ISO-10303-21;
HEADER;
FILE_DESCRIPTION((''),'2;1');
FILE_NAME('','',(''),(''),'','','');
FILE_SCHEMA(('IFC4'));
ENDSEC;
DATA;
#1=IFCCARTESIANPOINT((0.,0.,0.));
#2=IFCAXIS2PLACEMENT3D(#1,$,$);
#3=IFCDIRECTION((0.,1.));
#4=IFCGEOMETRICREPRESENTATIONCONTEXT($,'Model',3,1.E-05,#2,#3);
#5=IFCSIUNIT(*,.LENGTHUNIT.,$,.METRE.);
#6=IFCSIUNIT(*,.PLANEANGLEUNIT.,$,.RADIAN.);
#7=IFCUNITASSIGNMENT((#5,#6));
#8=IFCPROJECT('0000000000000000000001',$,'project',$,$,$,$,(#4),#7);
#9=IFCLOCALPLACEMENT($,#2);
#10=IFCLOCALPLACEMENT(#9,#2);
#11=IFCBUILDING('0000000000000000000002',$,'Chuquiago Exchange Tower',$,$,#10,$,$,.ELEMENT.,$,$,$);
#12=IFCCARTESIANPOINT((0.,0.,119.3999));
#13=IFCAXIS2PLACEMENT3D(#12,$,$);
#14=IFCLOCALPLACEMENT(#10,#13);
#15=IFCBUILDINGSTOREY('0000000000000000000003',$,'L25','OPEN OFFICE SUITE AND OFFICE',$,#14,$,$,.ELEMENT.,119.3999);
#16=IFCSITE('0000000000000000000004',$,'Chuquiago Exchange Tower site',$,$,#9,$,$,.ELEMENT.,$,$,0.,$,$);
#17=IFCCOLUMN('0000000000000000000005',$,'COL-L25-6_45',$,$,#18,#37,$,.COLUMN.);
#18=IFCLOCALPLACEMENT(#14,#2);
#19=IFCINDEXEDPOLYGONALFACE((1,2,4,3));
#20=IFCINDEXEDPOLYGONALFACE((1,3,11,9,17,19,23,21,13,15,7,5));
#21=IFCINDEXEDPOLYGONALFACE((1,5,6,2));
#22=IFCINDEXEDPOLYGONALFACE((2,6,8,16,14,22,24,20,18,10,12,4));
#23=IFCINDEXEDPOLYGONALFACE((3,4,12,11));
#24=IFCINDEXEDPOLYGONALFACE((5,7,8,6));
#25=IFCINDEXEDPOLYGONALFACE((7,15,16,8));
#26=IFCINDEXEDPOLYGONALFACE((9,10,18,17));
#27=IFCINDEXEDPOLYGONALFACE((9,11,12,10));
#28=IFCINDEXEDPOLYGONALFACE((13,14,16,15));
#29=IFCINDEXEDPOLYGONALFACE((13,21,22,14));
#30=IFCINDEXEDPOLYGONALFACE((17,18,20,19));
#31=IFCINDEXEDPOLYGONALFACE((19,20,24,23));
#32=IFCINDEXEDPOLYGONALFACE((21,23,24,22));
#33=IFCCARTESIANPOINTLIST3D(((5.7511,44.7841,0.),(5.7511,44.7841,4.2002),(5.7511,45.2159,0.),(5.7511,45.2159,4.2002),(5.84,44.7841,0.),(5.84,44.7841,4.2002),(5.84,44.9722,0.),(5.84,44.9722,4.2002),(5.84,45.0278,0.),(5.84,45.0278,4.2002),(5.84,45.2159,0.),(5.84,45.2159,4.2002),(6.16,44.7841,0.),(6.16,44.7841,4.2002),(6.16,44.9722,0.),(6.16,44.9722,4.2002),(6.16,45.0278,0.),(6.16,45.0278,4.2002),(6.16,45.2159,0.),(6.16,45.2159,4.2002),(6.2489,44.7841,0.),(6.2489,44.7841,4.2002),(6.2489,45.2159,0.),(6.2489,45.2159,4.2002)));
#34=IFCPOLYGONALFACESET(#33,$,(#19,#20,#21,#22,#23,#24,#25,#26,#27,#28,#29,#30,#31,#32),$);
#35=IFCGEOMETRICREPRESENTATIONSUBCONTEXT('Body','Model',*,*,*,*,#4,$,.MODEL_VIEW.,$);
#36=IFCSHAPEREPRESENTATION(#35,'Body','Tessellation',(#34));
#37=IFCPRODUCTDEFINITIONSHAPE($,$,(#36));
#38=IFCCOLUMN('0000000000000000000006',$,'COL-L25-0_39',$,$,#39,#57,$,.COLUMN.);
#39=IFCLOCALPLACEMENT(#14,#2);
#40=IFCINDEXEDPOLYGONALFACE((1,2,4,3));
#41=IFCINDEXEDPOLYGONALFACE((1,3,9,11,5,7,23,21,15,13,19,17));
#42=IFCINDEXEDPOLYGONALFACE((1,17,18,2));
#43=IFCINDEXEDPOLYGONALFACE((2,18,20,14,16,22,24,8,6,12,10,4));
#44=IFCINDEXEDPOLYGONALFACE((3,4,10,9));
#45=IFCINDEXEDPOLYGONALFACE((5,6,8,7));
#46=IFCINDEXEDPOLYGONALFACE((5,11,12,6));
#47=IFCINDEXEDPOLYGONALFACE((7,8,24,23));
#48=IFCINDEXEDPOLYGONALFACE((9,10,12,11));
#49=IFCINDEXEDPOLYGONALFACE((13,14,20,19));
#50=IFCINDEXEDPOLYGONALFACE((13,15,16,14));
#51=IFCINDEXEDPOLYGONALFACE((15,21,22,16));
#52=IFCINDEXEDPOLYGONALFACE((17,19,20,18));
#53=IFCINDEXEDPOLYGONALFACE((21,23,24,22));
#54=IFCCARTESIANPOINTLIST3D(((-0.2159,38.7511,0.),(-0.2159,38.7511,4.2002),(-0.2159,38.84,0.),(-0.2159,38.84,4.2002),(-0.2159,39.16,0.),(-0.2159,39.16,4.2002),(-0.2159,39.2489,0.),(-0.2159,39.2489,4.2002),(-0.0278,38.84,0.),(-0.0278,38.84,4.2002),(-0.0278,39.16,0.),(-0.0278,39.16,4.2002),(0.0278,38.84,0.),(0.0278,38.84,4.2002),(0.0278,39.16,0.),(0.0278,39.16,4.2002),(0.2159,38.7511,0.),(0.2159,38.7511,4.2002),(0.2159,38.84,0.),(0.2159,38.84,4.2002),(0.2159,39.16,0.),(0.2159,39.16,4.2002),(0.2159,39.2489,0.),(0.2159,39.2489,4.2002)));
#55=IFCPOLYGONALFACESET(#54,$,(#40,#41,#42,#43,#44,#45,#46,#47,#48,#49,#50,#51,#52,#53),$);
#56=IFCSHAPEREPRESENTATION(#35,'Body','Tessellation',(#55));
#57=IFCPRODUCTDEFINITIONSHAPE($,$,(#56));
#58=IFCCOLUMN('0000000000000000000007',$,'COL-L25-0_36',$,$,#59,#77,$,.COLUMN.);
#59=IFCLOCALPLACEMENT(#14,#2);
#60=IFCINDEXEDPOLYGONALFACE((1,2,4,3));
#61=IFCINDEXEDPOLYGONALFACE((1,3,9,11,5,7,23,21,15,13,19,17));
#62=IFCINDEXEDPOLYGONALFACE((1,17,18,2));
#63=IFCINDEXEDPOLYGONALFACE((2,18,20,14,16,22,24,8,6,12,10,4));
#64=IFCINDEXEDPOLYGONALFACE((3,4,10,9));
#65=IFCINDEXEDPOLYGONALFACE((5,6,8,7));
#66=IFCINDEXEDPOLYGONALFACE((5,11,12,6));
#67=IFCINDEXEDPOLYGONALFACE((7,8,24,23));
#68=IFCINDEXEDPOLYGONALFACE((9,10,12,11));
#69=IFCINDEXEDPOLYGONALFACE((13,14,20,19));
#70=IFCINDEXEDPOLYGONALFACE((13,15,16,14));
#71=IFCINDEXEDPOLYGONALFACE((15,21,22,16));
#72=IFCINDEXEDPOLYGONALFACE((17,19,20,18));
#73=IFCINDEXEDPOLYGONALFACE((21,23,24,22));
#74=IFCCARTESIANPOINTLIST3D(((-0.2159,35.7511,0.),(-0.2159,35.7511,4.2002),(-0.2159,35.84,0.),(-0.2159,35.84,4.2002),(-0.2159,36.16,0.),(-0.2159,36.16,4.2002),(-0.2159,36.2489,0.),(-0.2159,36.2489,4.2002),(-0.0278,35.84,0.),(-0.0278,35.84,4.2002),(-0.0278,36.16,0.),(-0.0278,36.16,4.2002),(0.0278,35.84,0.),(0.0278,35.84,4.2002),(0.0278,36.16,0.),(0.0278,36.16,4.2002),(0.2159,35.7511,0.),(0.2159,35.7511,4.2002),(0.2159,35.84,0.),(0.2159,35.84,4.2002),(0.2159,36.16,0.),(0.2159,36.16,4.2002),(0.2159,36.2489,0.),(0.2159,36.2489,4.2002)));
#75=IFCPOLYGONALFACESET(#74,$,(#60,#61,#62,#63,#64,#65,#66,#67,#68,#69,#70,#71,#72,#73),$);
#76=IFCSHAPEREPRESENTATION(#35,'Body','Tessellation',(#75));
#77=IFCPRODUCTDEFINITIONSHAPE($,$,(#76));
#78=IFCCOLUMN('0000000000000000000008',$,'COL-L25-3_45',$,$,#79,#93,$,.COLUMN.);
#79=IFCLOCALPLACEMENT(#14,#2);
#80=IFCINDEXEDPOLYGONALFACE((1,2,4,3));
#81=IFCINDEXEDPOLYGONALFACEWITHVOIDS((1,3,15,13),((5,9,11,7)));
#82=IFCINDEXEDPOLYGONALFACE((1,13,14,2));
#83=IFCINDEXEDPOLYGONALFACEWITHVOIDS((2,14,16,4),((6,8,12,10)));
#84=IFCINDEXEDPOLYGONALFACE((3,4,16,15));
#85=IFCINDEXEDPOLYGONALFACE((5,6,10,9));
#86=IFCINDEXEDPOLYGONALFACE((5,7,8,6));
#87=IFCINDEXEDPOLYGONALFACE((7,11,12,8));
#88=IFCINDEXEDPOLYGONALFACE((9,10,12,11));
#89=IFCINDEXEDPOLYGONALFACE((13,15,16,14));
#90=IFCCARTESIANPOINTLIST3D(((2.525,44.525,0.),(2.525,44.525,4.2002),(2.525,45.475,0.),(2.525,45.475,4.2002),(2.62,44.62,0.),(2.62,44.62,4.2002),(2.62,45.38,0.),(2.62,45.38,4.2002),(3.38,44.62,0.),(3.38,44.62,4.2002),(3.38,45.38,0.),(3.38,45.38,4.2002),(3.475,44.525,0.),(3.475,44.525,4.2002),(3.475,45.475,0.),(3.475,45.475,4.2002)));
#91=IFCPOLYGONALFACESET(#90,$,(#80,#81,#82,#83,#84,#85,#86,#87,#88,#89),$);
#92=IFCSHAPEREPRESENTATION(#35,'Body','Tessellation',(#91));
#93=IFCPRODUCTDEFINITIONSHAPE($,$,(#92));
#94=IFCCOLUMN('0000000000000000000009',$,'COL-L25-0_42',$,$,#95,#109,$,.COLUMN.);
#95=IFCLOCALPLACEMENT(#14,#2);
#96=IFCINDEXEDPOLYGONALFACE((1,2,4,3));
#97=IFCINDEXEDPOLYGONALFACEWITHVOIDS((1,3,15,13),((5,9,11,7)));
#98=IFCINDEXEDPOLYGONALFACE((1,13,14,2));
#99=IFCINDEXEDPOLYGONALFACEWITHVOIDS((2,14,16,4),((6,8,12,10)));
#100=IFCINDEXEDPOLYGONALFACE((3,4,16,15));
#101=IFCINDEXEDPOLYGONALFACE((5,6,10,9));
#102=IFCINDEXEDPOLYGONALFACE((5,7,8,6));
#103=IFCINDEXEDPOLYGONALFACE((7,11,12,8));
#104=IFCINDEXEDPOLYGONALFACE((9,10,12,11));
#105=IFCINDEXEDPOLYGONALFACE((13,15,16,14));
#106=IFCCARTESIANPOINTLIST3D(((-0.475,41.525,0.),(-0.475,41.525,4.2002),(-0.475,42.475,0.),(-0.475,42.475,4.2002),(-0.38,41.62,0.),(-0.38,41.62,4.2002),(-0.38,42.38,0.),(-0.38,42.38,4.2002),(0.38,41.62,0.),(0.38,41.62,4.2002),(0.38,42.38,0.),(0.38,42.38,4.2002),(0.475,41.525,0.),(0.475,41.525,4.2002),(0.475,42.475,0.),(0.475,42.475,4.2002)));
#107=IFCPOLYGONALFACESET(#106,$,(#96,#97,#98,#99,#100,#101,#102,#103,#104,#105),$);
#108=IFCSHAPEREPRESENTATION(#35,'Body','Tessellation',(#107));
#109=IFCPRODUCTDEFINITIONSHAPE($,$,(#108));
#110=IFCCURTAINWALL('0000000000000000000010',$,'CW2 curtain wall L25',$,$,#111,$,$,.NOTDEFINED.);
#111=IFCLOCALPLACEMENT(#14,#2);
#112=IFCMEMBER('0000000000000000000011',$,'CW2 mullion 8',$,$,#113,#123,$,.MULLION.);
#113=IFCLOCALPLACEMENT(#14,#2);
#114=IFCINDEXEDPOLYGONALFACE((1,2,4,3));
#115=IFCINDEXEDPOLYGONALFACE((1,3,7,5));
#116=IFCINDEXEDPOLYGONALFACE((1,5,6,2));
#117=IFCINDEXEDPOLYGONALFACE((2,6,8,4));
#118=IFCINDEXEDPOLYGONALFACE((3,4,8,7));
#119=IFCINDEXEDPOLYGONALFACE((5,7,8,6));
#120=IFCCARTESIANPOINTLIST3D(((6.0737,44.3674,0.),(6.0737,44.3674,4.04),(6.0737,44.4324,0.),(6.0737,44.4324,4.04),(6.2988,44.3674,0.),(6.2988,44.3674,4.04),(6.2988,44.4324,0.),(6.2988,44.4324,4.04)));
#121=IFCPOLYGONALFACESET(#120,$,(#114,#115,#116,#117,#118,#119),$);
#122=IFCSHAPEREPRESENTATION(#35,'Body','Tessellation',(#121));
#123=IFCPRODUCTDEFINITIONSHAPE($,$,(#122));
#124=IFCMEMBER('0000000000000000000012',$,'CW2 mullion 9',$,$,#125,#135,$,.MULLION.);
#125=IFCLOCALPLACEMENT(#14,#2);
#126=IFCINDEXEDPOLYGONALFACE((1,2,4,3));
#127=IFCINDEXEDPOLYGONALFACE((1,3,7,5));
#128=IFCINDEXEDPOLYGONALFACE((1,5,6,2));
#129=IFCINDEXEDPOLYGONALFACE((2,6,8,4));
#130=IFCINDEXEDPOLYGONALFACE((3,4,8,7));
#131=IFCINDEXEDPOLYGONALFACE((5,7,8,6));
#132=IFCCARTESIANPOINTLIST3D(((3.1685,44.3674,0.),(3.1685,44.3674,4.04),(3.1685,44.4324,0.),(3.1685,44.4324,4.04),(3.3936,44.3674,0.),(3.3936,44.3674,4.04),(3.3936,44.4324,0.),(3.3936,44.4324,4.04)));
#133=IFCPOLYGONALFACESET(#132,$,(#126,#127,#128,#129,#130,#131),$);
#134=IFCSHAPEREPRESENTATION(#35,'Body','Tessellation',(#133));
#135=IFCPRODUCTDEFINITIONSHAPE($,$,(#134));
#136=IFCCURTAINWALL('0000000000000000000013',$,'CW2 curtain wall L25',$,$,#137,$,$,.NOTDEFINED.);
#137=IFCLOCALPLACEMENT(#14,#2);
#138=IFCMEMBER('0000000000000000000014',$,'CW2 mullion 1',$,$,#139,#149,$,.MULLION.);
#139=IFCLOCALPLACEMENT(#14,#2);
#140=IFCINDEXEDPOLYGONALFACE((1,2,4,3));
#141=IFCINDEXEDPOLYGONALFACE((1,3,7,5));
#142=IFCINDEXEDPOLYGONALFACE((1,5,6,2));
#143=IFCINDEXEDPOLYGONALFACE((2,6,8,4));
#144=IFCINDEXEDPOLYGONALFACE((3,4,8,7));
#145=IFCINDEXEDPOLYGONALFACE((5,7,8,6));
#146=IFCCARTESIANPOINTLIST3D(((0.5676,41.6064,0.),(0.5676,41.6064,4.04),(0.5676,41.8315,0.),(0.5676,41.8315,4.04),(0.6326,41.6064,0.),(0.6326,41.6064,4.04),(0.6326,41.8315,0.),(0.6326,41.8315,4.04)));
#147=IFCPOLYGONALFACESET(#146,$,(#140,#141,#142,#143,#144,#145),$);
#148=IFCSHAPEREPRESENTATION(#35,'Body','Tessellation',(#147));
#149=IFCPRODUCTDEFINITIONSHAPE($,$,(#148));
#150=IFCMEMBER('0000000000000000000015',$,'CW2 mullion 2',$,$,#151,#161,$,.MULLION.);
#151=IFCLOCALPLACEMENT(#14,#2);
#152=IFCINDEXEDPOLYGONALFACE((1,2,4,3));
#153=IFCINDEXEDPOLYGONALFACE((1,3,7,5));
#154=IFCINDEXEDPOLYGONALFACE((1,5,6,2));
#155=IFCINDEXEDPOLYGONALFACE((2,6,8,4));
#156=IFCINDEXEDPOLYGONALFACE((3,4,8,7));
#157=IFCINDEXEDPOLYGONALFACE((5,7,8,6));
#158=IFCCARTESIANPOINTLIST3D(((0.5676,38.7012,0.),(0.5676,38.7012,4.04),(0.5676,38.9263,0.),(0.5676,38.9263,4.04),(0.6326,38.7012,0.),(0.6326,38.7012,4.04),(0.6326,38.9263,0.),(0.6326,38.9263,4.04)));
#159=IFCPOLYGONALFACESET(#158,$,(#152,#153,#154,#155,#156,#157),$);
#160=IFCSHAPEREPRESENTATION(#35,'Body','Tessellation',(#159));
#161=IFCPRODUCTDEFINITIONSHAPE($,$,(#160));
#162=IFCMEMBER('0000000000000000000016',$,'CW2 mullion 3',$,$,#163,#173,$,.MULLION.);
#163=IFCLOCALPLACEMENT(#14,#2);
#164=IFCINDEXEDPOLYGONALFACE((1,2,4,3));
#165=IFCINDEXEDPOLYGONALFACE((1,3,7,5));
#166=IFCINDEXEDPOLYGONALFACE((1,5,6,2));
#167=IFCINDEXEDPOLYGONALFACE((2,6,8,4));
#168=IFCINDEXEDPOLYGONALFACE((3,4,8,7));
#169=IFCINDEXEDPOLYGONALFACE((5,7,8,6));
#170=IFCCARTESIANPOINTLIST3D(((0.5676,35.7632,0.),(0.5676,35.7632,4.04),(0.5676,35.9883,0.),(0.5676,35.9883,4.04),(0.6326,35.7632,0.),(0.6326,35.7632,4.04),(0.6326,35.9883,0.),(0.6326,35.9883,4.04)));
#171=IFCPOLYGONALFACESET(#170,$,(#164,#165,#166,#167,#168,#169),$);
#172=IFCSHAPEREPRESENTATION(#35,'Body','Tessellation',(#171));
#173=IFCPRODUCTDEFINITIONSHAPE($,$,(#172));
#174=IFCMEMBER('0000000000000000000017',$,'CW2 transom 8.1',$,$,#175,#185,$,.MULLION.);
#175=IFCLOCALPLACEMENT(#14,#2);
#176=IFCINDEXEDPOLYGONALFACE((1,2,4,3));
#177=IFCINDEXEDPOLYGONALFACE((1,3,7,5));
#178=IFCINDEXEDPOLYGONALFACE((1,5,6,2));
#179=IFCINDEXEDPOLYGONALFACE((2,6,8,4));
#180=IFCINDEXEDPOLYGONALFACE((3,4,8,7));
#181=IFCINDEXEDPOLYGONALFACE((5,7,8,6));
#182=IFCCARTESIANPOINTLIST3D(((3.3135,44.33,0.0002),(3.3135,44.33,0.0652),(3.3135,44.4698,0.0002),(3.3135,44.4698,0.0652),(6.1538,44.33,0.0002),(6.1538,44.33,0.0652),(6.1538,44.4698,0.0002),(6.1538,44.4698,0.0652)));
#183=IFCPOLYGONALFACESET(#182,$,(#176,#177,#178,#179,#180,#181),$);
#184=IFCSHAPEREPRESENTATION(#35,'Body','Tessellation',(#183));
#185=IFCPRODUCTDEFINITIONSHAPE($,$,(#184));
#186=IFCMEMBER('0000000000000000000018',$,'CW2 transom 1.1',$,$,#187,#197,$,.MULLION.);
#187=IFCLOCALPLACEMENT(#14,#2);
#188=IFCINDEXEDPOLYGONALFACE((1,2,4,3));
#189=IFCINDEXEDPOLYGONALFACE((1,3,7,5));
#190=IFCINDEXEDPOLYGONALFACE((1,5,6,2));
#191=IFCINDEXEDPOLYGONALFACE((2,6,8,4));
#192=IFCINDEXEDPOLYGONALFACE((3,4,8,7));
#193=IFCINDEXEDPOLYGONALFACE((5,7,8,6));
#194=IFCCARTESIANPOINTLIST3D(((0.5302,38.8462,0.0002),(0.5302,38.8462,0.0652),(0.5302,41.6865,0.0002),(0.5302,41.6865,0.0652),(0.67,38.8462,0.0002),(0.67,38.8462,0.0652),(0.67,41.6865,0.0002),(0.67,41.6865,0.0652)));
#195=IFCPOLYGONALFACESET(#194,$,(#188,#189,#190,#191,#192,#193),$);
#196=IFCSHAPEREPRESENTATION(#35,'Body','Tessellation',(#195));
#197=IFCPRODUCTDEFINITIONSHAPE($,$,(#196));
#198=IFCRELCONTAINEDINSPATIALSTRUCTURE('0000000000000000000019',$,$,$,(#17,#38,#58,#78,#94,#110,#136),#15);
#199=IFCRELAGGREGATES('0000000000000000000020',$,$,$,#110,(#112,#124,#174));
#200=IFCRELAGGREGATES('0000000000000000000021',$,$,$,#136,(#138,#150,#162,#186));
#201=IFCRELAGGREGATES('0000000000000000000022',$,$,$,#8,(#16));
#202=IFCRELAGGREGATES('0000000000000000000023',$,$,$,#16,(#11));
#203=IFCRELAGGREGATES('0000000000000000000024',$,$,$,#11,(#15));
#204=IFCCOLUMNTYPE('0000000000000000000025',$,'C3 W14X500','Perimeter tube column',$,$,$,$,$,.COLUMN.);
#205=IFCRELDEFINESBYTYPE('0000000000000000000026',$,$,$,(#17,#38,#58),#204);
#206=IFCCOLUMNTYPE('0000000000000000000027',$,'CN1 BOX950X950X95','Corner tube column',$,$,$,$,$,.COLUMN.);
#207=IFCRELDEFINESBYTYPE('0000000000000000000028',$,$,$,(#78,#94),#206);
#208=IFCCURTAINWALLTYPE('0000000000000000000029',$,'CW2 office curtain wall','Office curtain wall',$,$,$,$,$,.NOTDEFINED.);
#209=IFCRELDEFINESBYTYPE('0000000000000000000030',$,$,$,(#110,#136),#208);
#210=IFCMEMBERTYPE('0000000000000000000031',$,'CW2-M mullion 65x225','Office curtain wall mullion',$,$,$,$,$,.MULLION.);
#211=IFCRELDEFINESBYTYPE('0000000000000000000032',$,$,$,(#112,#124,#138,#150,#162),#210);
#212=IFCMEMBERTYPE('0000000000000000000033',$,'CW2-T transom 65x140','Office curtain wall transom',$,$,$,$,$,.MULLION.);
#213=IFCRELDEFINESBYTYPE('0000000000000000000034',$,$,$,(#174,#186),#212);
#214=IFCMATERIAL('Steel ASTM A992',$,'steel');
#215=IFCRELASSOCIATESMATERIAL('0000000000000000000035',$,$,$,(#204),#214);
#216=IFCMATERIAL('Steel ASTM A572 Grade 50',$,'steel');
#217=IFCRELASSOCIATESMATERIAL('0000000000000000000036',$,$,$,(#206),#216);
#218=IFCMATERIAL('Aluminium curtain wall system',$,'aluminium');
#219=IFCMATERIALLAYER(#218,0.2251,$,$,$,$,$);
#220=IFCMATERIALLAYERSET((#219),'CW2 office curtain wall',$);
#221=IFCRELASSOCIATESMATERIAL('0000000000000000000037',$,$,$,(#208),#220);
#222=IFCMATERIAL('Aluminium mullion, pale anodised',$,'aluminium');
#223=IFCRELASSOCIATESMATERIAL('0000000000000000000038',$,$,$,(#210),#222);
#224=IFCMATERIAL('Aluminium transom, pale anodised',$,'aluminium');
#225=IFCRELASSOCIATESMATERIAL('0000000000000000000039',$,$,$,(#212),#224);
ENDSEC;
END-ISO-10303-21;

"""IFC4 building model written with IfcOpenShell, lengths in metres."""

from ifc_helpers import new_model, si_unit, direction, frame, origin, origin_2d, place, context, subcontext, project, spatial, rectangle, hollow_rectangle, i_section, extrude, material, layer, layer_set, material_profile, profile_set, type_object, element, aggregate, save


model = new_model("IFC4")

# Units and contexts
model_context = context("Model", 3, precision=1e-05, world=origin(), true_north=direction((0.0, 1.0)))
body_context = subcontext(model_context, "Body", "Model", "MODEL_VIEW")
ifc_project = project(units=[si_unit("LENGTHUNIT", "METRE"), si_unit("PLANEANGLEUNIT", "RADIAN")], contexts=[model_context])

# Site, building, storey
site_placement = place(None, origin())
site = spatial("IfcSite", under=ifc_project, at=site_placement, Name="Chuquiago Exchange Tower site", CompositionType="ELEMENT", RefElevation=0.0)
building_placement = place(site_placement, origin())
building = spatial("IfcBuilding", under=site, at=building_placement, Name="Chuquiago Exchange Tower", CompositionType="ELEMENT")
storey_placement = place(building_placement, frame((0.0, 0.0, 119.3999)))
storey = spatial("IfcBuildingStorey", under=building, at=storey_placement, Name="L25", Description="OPEN OFFICE SUITE AND OFFICE", CompositionType="ELEMENT", Elevation=119.3999)

# Columns
ifc_material_1 = material(Name="Steel ASTM A992", Category="steel")
ifc_material_profile_1 = material_profile(ifc_material_1, i_section(OverallWidth=0.4319, OverallDepth=0.4978, WebThickness=0.0557, FlangeThickness=0.0889, at=origin_2d()), Name="W14X500")
ifc_profile_set_1 = profile_set([ifc_material_profile_1], Name="Steel ASTM A992")
column_type_1 = type_object("IfcColumnType", Name="C3 W14X500", Description="Perimeter tube column", PredefinedType="COLUMN", material=ifc_profile_set_1)
for number, where, z_axis, x_axis, name in (
    (1, (6.0, 45.0, 0.0), (0.0, 0.0, 1.0), (0.0, 1.0, 0.0), "COL-L25-6_45"),
    (2, (0.0, 39.0, 0.0), (0.0, 0.0, 1.0), (-1.0, 0.0, 0.0), "COL-L25-0_39"),
    (3, (0.0, 36.0, 0.0), (0.0, 0.0, 1.0), (-1.0, 0.0, 0.0), "COL-L25-0_36"),
):
    element("IfcColumn", number, at=place(storey_placement, frame(where, z_axis=z_axis, x_axis=x_axis)), inside=storey, type_object=column_type_1, Name=name, PredefinedType="COLUMN", context=body_context, shape_type="SweptSolid", body=[
        extrude(i_section(OverallWidth=0.4319, OverallDepth=0.4978, WebThickness=0.0557, FlangeThickness=0.0889, at=origin_2d()), origin(), (0.0, 0.0, 1.0), 4.2002),
    ])
ifc_material_2 = material(Name="Steel ASTM A572 Grade 50", Category="steel")
ifc_material_profile_2 = material_profile(ifc_material_2, hollow_rectangle(XDim=0.95, YDim=0.95, WallThickness=0.095, at=origin_2d()), Name="BOX950X950X95")
ifc_profile_set_2 = profile_set([ifc_material_profile_2], Name="Steel ASTM A572 Grade 50")
column_type_2 = type_object("IfcColumnType", Name="CN1 BOX950X950X95", Description="Corner tube column", PredefinedType="COLUMN", material=ifc_profile_set_2)
for number, where, z_axis, x_axis, name in (
    (4, (3.0, 45.0, 0.0), (0.0, 0.0, 1.0), (0.0, 1.0, 0.0), "COL-L25-3_45"),
    (5, (0.0, 42.0, 0.0), (0.0, 0.0, 1.0), (-1.0, 0.0, 0.0), "COL-L25-0_42"),
):
    element("IfcColumn", number, at=place(storey_placement, frame(where, z_axis=z_axis, x_axis=x_axis)), inside=storey, type_object=column_type_2, Name=name, PredefinedType="COLUMN", context=body_context, shape_type="SweptSolid", body=[
        extrude(hollow_rectangle(XDim=0.95, YDim=0.95, WallThickness=0.095, at=origin_2d()), origin(), (0.0, 0.0, 1.0), 4.2002),
    ])

# Curtain walls, members
ifc_material_3 = material(Name="Aluminium curtain wall system", Category="aluminium")
ifc_layer_1 = layer(ifc_material_3, 0.2251)
ifc_layer_set_1 = layer_set([ifc_layer_1], Name="CW2 office curtain wall")
curtain_wall_type_1 = type_object("IfcCurtainWallType", Name="CW2 office curtain wall", Description="Office curtain wall", PredefinedType="NOTDEFINED", material=ifc_layer_set_1)
curtain_wall_1_placement = place(storey_placement, origin())
curtain_wall_1 = element("IfcCurtainWall", 6, at=curtain_wall_1_placement, inside=storey, type_object=curtain_wall_type_1, Name="CW2 curtain wall L25", PredefinedType="NOTDEFINED")
ifc_material_4 = material(Name="Aluminium mullion, pale anodised", Category="aluminium")
ifc_material_profile_3 = material_profile(ifc_material_4, rectangle(XDim=0.0649, YDim=0.2251, at=origin_2d()), Name="AL 65x225")
ifc_profile_set_3 = profile_set([ifc_material_profile_3], Name="Aluminium mullion, pale anodised")
member_type_1 = type_object("IfcMemberType", Name="CW2-M mullion 65x225", Description="Office curtain wall mullion", PredefinedType="MULLION", material=ifc_profile_set_3)
member_1_placement = place(storey_placement, frame((6.1863, 44.3999, 0.0), z_axis=(0.0, 0.0, 1.0), x_axis=(0.0, -1.0, 0.0)))
member_1 = element("IfcMember", 7, at=member_1_placement, type_object=member_type_1, Name="CW2 mullion 8", PredefinedType="MULLION", context=body_context, shape_type="SweptSolid", body=[
    extrude(rectangle(XDim=0.0649, YDim=0.2251, at=origin_2d()), origin(), (0.0, 0.0, 1.0), 4.04),
])
member_2_placement = place(storey_placement, frame((3.281, 44.3999, 0.0), z_axis=(0.0, 0.0, 1.0), x_axis=(0.0, -1.0, 0.0)))
member_2 = element("IfcMember", 8, at=member_2_placement, type_object=member_type_1, Name="CW2 mullion 9", PredefinedType="MULLION", context=body_context, shape_type="SweptSolid", body=[
    extrude(rectangle(XDim=0.0649, YDim=0.2251, at=origin_2d()), origin(), (0.0, 0.0, 1.0), 4.04),
])
curtain_wall_2_placement = place(storey_placement, origin())
curtain_wall_2 = element("IfcCurtainWall", 9, at=curtain_wall_2_placement, inside=storey, type_object=curtain_wall_type_1, Name="CW2 curtain wall L25", PredefinedType="NOTDEFINED")
member_3_placement = place(storey_placement, frame((0.6001, 41.719, 0.0), z_axis=(0.0, 0.0, 1.0), x_axis=(1.0, 0.0, 0.0)))
member_3 = element("IfcMember", 10, at=member_3_placement, type_object=member_type_1, Name="CW2 mullion 1", PredefinedType="MULLION", context=body_context, shape_type="SweptSolid", body=[
    extrude(rectangle(XDim=0.0649, YDim=0.2251, at=origin_2d()), origin(), (0.0, 0.0, 1.0), 4.04),
])
member_4_placement = place(storey_placement, frame((0.6001, 38.8137, 0.0), z_axis=(0.0, 0.0, 1.0), x_axis=(1.0, 0.0, 0.0)))
member_4 = element("IfcMember", 11, at=member_4_placement, type_object=member_type_1, Name="CW2 mullion 2", PredefinedType="MULLION", context=body_context, shape_type="SweptSolid", body=[
    extrude(rectangle(XDim=0.0649, YDim=0.2251, at=origin_2d()), origin(), (0.0, 0.0, 1.0), 4.04),
])
member_5_placement = place(storey_placement, frame((0.6001, 35.8757, 0.0), z_axis=(0.0, 0.0, 1.0), x_axis=(1.0, 0.0, 0.0)))
member_5 = element("IfcMember", 12, at=member_5_placement, type_object=member_type_1, Name="CW2 mullion 3", PredefinedType="MULLION", context=body_context, shape_type="SweptSolid", body=[
    extrude(rectangle(XDim=0.0649, YDim=0.2251, at=origin_2d()), origin(), (0.0, 0.0, 1.0), 4.04),
])

# Members
ifc_material_5 = material(Name="Aluminium transom, pale anodised", Category="aluminium")
ifc_material_profile_4 = material_profile(ifc_material_5, rectangle(XDim=0.1399, YDim=0.0649, at=origin_2d()), Name="AL 140x65")
ifc_profile_set_4 = profile_set([ifc_material_profile_4], Name="Aluminium transom, pale anodised")
member_type_2 = type_object("IfcMemberType", Name="CW2-T transom 65x140", Description="Office curtain wall transom", PredefinedType="MULLION", material=ifc_profile_set_4)
member_6_placement = place(storey_placement, frame((6.1538, 44.3999, 0.0327), z_axis=(-1.0, 0.0, 0.0), x_axis=(0.0, -1.0, 0.0)))
member_6 = element("IfcMember", 13, at=member_6_placement, type_object=member_type_2, Name="CW2 transom 8.1", PredefinedType="MULLION", context=body_context, shape_type="SweptSolid", body=[
    extrude(rectangle(XDim=0.1399, YDim=0.0649, at=origin_2d()), origin(), (0.0, 0.0, 1.0), 2.8403),
])
member_7_placement = place(storey_placement, frame((0.6001, 41.6865, 0.0327), z_axis=(0.0, -1.0, 0.0), x_axis=(1.0, 0.0, 0.0)))
member_7 = element("IfcMember", 14, at=member_7_placement, type_object=member_type_2, Name="CW2 transom 1.1", PredefinedType="MULLION", context=body_context, shape_type="SweptSolid", body=[
    extrude(rectangle(XDim=0.1399, YDim=0.0649, at=origin_2d()), origin(), (0.0, 0.0, 1.0), 2.8403),
])

aggregate(curtain_wall_1, [member_1, member_2, member_6])
aggregate(curtain_wall_2, [member_3, member_4, member_5, member_7])

save(model, "model.ifc")
